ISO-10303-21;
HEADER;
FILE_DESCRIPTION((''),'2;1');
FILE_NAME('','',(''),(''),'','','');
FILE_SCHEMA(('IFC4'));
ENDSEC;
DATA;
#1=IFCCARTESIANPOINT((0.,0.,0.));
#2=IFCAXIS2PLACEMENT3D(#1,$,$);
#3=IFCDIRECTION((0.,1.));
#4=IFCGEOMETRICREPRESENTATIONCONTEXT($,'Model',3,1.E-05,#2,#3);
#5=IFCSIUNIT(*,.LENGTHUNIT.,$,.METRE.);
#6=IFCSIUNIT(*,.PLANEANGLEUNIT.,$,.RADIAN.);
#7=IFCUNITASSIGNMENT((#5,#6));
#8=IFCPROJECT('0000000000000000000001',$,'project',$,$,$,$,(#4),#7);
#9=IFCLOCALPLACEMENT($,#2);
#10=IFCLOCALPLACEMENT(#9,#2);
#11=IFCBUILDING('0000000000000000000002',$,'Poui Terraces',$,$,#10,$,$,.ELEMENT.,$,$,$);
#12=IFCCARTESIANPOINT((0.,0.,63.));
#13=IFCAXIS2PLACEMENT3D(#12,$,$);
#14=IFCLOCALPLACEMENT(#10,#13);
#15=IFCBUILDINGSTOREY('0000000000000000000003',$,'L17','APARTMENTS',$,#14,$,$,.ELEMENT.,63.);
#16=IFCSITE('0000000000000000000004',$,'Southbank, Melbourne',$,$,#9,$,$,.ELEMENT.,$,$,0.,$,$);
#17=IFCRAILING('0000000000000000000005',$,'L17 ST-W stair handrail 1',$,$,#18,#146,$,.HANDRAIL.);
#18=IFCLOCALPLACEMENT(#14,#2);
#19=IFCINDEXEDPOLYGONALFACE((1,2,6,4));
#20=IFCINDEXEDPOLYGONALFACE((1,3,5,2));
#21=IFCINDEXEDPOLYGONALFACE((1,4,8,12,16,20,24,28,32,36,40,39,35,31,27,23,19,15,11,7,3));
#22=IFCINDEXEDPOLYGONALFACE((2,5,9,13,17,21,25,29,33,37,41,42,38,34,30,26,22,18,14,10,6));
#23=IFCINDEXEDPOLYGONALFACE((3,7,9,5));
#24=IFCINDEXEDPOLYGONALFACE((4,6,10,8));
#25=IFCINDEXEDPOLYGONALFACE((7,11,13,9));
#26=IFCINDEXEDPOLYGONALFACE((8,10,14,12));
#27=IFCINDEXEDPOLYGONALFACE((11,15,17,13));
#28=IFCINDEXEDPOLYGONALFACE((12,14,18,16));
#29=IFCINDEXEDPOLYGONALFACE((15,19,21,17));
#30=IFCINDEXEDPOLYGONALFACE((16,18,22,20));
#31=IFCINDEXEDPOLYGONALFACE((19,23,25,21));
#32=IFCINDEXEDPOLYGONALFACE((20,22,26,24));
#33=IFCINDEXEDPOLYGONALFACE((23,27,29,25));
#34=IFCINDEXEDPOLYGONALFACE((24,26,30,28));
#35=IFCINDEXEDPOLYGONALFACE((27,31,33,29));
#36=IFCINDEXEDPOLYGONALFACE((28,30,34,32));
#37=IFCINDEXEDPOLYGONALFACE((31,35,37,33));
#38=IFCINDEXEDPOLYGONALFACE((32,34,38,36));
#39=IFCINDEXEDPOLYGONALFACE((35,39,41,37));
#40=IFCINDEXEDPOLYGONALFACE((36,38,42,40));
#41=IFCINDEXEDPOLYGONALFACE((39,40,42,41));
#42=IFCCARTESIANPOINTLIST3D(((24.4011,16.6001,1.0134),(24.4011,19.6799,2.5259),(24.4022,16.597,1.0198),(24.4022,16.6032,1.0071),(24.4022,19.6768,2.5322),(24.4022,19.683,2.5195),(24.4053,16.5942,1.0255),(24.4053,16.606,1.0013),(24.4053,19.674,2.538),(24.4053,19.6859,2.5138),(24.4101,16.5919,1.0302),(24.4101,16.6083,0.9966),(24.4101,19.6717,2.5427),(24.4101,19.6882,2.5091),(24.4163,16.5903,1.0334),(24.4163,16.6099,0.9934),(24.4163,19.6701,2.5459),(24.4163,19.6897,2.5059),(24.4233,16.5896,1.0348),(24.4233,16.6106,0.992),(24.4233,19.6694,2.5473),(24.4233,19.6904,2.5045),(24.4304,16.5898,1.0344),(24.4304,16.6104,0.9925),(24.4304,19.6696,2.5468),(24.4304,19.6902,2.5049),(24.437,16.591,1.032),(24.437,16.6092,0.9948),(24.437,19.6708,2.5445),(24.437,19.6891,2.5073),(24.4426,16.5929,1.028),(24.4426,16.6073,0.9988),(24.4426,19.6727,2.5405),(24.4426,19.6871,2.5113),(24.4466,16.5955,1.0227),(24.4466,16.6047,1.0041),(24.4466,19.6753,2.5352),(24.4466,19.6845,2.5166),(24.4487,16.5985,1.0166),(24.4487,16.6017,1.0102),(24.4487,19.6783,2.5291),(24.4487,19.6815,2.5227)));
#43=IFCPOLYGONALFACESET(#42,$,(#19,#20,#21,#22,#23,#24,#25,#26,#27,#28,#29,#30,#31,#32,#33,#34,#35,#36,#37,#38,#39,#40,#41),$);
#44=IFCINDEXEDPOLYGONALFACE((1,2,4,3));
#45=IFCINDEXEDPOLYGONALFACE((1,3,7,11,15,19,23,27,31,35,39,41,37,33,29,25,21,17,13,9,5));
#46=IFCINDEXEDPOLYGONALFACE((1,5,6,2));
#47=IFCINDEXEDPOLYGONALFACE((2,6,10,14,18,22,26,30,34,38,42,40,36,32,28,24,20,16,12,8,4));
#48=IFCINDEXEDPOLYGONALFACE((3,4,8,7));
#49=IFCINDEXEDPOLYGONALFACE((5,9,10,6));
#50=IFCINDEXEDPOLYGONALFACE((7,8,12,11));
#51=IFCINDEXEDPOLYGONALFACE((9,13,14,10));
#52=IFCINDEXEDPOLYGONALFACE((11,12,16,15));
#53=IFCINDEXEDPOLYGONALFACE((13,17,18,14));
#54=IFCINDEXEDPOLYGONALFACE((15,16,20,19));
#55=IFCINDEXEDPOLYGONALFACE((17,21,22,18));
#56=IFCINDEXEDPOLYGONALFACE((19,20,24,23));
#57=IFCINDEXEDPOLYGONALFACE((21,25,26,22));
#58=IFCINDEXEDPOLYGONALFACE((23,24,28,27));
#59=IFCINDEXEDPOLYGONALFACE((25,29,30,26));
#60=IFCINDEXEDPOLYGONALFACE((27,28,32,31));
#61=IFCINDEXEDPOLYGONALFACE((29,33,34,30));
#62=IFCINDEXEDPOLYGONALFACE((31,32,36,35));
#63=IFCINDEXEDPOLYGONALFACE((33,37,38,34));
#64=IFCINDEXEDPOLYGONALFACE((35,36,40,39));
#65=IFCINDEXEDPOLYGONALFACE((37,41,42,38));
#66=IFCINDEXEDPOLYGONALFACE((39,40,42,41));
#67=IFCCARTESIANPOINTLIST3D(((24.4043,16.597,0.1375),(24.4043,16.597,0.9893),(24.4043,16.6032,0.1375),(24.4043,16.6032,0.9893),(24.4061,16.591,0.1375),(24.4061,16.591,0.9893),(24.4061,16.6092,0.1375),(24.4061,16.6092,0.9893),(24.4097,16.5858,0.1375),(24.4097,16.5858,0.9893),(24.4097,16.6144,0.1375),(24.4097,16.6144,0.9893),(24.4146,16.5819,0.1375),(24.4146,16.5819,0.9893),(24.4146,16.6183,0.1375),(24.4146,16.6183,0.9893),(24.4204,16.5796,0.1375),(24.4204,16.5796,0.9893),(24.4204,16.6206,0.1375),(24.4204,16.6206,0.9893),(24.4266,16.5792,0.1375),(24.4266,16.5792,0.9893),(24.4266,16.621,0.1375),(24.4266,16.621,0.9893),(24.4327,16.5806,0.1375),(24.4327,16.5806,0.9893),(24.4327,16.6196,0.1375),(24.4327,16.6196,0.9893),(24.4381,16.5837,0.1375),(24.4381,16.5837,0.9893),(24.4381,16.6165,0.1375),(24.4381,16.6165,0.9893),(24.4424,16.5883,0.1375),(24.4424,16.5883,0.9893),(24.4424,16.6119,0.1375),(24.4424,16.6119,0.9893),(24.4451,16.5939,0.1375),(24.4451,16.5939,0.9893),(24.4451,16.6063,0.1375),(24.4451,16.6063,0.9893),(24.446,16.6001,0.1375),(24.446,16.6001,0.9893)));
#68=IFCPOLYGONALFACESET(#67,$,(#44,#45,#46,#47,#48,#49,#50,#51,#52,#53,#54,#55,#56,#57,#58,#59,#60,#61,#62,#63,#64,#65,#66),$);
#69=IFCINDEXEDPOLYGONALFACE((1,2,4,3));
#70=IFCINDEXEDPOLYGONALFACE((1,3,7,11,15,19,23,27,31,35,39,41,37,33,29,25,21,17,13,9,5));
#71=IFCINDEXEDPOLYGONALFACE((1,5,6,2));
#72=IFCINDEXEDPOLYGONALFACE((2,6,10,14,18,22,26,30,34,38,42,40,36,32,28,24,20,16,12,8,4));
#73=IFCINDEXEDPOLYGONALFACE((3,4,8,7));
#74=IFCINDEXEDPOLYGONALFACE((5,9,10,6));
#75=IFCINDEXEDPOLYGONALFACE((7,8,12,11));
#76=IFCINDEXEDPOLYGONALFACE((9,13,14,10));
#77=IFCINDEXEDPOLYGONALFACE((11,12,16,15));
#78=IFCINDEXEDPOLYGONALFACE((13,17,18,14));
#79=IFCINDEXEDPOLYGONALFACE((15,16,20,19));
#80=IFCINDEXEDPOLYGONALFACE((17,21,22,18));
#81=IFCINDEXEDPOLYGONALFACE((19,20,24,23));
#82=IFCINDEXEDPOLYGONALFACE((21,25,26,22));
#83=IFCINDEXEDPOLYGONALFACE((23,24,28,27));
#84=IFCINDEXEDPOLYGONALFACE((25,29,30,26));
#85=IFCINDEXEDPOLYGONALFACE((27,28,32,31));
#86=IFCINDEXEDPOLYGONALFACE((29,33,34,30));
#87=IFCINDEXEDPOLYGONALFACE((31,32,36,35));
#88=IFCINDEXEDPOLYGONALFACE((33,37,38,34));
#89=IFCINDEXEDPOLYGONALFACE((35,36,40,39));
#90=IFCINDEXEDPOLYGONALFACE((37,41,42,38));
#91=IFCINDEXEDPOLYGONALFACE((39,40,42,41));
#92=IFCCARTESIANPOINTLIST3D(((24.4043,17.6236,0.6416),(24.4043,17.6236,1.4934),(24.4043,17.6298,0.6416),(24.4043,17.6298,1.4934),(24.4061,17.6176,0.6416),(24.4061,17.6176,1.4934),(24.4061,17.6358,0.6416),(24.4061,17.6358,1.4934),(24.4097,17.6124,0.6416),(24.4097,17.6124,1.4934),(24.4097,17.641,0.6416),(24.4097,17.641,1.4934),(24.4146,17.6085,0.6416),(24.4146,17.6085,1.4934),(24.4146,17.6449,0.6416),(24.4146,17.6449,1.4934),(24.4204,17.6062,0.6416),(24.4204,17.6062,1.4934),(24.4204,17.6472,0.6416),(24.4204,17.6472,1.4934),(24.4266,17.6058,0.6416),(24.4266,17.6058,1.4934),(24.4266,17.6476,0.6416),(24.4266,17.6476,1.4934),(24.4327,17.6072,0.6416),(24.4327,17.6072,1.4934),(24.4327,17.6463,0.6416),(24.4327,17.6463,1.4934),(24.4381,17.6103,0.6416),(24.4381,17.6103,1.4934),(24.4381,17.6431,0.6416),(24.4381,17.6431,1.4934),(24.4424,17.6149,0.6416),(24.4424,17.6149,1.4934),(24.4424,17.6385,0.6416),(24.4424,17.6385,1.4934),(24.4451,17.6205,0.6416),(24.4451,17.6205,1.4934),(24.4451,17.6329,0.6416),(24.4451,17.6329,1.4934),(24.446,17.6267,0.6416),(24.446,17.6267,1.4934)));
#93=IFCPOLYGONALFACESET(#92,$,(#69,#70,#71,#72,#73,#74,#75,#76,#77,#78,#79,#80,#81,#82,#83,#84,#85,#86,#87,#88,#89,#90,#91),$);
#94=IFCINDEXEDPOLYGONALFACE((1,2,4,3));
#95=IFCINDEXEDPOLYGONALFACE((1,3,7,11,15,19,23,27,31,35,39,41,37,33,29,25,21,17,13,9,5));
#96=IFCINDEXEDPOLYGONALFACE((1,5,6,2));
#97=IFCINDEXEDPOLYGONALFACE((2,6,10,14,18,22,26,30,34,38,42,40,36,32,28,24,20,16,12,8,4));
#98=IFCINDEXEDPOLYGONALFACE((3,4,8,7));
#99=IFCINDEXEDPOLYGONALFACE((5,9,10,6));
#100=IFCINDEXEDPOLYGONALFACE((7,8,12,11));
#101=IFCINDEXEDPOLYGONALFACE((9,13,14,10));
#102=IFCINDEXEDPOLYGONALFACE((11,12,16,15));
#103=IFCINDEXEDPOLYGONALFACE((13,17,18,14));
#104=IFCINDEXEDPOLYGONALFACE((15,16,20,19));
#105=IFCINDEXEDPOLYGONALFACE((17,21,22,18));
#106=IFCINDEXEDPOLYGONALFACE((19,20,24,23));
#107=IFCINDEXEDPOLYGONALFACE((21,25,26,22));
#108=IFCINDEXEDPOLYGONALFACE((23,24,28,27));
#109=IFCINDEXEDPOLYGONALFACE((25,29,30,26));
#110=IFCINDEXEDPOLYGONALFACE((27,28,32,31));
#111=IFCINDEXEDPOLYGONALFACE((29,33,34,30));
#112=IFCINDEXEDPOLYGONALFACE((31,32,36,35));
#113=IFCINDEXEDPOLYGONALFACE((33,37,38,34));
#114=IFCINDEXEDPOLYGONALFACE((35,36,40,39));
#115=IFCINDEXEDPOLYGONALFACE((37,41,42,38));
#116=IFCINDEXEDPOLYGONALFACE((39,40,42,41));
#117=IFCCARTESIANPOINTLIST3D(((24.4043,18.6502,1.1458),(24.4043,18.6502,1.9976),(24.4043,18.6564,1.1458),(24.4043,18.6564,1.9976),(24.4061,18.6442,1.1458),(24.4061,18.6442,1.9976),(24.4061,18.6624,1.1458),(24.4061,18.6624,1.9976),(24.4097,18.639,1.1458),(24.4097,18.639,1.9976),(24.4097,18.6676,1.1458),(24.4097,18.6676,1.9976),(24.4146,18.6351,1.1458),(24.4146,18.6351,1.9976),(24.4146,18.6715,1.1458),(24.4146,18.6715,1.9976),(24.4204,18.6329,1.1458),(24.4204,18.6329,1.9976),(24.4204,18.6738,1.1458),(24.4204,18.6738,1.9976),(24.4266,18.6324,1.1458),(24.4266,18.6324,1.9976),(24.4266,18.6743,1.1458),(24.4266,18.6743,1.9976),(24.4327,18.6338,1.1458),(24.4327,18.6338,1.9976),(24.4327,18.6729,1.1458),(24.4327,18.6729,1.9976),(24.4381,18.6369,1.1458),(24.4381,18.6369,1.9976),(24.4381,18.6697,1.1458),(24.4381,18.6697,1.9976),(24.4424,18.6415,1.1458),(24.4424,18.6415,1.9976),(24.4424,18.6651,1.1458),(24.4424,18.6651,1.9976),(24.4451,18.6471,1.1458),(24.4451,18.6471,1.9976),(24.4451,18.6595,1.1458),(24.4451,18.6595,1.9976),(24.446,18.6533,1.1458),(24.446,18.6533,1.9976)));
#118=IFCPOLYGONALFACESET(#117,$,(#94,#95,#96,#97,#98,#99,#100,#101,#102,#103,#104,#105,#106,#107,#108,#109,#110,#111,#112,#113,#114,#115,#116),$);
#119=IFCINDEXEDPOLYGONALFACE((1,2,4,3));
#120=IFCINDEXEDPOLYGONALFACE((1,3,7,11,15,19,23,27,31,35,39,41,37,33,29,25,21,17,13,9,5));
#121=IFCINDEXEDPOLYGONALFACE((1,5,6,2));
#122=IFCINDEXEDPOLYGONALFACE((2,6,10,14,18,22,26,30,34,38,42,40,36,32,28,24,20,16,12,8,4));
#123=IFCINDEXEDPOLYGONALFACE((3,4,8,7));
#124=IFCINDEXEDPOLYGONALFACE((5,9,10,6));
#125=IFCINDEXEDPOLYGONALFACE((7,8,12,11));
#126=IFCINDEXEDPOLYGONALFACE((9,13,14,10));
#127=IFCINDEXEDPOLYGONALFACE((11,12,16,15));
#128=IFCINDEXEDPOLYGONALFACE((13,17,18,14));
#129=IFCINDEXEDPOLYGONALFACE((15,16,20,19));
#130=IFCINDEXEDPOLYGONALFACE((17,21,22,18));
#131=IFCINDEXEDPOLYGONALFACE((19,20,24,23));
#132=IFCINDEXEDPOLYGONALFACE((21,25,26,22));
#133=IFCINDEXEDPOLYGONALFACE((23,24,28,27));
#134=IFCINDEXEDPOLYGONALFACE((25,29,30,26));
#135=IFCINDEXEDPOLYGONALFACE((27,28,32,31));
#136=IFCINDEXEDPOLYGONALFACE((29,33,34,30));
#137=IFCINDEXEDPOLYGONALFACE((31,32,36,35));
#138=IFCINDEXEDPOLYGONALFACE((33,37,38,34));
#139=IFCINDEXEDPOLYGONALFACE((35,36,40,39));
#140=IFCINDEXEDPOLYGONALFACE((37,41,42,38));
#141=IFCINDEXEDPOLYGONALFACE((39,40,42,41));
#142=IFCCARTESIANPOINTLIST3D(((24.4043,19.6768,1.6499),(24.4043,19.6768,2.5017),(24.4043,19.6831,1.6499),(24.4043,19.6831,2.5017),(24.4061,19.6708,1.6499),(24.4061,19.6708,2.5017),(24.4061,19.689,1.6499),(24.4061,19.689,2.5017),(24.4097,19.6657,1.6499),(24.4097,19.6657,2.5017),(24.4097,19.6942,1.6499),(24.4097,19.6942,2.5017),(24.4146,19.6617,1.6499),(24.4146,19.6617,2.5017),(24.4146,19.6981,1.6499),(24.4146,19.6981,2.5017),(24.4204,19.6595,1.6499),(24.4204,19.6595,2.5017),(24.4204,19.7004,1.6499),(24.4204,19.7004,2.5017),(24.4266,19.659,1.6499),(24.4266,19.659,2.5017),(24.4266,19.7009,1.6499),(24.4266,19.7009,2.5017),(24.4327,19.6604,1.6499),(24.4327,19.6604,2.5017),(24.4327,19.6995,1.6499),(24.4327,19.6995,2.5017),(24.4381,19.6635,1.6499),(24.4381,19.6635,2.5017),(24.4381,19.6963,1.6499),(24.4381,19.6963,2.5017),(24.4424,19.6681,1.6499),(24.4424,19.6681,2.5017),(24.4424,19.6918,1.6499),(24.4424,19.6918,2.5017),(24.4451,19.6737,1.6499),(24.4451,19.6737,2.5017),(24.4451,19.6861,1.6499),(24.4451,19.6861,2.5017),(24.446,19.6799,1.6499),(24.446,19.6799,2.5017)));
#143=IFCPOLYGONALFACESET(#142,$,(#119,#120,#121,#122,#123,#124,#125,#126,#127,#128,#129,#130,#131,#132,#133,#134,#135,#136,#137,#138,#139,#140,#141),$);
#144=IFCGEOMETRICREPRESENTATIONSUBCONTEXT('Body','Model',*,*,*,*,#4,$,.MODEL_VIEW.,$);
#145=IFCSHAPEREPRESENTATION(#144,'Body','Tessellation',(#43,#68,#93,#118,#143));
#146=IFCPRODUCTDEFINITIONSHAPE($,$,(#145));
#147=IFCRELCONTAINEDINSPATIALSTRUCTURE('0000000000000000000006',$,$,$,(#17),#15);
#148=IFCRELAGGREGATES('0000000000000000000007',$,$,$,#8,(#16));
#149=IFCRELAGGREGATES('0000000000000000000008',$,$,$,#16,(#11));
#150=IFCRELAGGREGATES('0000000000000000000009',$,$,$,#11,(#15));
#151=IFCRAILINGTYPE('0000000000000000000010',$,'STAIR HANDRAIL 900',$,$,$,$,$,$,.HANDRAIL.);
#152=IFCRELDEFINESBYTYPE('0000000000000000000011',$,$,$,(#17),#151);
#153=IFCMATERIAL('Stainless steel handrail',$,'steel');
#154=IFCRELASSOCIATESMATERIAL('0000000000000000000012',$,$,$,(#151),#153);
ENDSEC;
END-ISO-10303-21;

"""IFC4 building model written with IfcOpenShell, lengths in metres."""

from ifc_helpers import new_model, si_unit, direction, frame, origin, origin_2d, place, context, subcontext, project, spatial, circle, extrude, material, type_object, element, save


model = new_model("IFC4")

# Units and contexts
model_context = context("Model", 3, precision=1e-05, world=origin(), true_north=direction((0.0, 1.0)))
body_context = subcontext(model_context, "Body", "Model", "MODEL_VIEW")
ifc_project = project(units=[si_unit("LENGTHUNIT", "METRE"), si_unit("PLANEANGLEUNIT", "RADIAN")], contexts=[model_context])

# Site, building, storey
site_placement = place(None, origin())
site = spatial("IfcSite", under=ifc_project, at=site_placement, Name="Southbank, Melbourne", CompositionType="ELEMENT", RefElevation=0.0)
building_placement = place(site_placement, origin())
building = spatial("IfcBuilding", under=site, at=building_placement, Name="Poui Terraces", CompositionType="ELEMENT")
storey_placement = place(building_placement, frame((0.0, 0.0, 63.0)))
storey = spatial("IfcBuildingStorey", under=building, at=storey_placement, Name="L17", Description="APARTMENTS", CompositionType="ELEMENT", Elevation=63.0)

# Railing
ifc_material_1 = material(Name="Stainless steel handrail", Category="steel")
railing_type_1 = type_object("IfcRailingType", Name="STAIR HANDRAIL 900", PredefinedType="HANDRAIL", material=ifc_material_1)
railing_1_placement = place(storey_placement, frame((24.425, 16.6001, 0.1375)))
element("IfcRailing", 1, at=railing_1_placement, inside=storey, type_object=railing_type_1, Name="L17 ST-W stair handrail 1", PredefinedType="HANDRAIL", context=body_context, shape_type="SweptSolid", body=[
    extrude(circle(Radius=0.0239, at=origin_2d()), frame((0.0, 0.0, 0.876), z_axis=(0.0, 0.897606, 0.440798), x_axis=(-1.0, 0.0, 0.0)), (0.0, 0.0, 1.0), 3.4312),
    extrude(circle(Radius=0.021, at=origin_2d()), origin(), (0.0, 0.0, 1.0), 0.8518),
    extrude(circle(Radius=0.021, at=origin_2d()), frame((0.0, 1.0266, 0.5042)), (0.0, 0.0, 1.0), 0.8518),
    extrude(circle(Radius=0.021, at=origin_2d()), frame((0.0, 2.0532, 1.0083)), (0.0, 0.0, 1.0), 0.8518),
    extrude(circle(Radius=0.021, at=origin_2d()), frame((0.0, 3.0798, 1.5125)), (0.0, 0.0, 1.0), 0.8518),
])

save(model, "model.ifc")
